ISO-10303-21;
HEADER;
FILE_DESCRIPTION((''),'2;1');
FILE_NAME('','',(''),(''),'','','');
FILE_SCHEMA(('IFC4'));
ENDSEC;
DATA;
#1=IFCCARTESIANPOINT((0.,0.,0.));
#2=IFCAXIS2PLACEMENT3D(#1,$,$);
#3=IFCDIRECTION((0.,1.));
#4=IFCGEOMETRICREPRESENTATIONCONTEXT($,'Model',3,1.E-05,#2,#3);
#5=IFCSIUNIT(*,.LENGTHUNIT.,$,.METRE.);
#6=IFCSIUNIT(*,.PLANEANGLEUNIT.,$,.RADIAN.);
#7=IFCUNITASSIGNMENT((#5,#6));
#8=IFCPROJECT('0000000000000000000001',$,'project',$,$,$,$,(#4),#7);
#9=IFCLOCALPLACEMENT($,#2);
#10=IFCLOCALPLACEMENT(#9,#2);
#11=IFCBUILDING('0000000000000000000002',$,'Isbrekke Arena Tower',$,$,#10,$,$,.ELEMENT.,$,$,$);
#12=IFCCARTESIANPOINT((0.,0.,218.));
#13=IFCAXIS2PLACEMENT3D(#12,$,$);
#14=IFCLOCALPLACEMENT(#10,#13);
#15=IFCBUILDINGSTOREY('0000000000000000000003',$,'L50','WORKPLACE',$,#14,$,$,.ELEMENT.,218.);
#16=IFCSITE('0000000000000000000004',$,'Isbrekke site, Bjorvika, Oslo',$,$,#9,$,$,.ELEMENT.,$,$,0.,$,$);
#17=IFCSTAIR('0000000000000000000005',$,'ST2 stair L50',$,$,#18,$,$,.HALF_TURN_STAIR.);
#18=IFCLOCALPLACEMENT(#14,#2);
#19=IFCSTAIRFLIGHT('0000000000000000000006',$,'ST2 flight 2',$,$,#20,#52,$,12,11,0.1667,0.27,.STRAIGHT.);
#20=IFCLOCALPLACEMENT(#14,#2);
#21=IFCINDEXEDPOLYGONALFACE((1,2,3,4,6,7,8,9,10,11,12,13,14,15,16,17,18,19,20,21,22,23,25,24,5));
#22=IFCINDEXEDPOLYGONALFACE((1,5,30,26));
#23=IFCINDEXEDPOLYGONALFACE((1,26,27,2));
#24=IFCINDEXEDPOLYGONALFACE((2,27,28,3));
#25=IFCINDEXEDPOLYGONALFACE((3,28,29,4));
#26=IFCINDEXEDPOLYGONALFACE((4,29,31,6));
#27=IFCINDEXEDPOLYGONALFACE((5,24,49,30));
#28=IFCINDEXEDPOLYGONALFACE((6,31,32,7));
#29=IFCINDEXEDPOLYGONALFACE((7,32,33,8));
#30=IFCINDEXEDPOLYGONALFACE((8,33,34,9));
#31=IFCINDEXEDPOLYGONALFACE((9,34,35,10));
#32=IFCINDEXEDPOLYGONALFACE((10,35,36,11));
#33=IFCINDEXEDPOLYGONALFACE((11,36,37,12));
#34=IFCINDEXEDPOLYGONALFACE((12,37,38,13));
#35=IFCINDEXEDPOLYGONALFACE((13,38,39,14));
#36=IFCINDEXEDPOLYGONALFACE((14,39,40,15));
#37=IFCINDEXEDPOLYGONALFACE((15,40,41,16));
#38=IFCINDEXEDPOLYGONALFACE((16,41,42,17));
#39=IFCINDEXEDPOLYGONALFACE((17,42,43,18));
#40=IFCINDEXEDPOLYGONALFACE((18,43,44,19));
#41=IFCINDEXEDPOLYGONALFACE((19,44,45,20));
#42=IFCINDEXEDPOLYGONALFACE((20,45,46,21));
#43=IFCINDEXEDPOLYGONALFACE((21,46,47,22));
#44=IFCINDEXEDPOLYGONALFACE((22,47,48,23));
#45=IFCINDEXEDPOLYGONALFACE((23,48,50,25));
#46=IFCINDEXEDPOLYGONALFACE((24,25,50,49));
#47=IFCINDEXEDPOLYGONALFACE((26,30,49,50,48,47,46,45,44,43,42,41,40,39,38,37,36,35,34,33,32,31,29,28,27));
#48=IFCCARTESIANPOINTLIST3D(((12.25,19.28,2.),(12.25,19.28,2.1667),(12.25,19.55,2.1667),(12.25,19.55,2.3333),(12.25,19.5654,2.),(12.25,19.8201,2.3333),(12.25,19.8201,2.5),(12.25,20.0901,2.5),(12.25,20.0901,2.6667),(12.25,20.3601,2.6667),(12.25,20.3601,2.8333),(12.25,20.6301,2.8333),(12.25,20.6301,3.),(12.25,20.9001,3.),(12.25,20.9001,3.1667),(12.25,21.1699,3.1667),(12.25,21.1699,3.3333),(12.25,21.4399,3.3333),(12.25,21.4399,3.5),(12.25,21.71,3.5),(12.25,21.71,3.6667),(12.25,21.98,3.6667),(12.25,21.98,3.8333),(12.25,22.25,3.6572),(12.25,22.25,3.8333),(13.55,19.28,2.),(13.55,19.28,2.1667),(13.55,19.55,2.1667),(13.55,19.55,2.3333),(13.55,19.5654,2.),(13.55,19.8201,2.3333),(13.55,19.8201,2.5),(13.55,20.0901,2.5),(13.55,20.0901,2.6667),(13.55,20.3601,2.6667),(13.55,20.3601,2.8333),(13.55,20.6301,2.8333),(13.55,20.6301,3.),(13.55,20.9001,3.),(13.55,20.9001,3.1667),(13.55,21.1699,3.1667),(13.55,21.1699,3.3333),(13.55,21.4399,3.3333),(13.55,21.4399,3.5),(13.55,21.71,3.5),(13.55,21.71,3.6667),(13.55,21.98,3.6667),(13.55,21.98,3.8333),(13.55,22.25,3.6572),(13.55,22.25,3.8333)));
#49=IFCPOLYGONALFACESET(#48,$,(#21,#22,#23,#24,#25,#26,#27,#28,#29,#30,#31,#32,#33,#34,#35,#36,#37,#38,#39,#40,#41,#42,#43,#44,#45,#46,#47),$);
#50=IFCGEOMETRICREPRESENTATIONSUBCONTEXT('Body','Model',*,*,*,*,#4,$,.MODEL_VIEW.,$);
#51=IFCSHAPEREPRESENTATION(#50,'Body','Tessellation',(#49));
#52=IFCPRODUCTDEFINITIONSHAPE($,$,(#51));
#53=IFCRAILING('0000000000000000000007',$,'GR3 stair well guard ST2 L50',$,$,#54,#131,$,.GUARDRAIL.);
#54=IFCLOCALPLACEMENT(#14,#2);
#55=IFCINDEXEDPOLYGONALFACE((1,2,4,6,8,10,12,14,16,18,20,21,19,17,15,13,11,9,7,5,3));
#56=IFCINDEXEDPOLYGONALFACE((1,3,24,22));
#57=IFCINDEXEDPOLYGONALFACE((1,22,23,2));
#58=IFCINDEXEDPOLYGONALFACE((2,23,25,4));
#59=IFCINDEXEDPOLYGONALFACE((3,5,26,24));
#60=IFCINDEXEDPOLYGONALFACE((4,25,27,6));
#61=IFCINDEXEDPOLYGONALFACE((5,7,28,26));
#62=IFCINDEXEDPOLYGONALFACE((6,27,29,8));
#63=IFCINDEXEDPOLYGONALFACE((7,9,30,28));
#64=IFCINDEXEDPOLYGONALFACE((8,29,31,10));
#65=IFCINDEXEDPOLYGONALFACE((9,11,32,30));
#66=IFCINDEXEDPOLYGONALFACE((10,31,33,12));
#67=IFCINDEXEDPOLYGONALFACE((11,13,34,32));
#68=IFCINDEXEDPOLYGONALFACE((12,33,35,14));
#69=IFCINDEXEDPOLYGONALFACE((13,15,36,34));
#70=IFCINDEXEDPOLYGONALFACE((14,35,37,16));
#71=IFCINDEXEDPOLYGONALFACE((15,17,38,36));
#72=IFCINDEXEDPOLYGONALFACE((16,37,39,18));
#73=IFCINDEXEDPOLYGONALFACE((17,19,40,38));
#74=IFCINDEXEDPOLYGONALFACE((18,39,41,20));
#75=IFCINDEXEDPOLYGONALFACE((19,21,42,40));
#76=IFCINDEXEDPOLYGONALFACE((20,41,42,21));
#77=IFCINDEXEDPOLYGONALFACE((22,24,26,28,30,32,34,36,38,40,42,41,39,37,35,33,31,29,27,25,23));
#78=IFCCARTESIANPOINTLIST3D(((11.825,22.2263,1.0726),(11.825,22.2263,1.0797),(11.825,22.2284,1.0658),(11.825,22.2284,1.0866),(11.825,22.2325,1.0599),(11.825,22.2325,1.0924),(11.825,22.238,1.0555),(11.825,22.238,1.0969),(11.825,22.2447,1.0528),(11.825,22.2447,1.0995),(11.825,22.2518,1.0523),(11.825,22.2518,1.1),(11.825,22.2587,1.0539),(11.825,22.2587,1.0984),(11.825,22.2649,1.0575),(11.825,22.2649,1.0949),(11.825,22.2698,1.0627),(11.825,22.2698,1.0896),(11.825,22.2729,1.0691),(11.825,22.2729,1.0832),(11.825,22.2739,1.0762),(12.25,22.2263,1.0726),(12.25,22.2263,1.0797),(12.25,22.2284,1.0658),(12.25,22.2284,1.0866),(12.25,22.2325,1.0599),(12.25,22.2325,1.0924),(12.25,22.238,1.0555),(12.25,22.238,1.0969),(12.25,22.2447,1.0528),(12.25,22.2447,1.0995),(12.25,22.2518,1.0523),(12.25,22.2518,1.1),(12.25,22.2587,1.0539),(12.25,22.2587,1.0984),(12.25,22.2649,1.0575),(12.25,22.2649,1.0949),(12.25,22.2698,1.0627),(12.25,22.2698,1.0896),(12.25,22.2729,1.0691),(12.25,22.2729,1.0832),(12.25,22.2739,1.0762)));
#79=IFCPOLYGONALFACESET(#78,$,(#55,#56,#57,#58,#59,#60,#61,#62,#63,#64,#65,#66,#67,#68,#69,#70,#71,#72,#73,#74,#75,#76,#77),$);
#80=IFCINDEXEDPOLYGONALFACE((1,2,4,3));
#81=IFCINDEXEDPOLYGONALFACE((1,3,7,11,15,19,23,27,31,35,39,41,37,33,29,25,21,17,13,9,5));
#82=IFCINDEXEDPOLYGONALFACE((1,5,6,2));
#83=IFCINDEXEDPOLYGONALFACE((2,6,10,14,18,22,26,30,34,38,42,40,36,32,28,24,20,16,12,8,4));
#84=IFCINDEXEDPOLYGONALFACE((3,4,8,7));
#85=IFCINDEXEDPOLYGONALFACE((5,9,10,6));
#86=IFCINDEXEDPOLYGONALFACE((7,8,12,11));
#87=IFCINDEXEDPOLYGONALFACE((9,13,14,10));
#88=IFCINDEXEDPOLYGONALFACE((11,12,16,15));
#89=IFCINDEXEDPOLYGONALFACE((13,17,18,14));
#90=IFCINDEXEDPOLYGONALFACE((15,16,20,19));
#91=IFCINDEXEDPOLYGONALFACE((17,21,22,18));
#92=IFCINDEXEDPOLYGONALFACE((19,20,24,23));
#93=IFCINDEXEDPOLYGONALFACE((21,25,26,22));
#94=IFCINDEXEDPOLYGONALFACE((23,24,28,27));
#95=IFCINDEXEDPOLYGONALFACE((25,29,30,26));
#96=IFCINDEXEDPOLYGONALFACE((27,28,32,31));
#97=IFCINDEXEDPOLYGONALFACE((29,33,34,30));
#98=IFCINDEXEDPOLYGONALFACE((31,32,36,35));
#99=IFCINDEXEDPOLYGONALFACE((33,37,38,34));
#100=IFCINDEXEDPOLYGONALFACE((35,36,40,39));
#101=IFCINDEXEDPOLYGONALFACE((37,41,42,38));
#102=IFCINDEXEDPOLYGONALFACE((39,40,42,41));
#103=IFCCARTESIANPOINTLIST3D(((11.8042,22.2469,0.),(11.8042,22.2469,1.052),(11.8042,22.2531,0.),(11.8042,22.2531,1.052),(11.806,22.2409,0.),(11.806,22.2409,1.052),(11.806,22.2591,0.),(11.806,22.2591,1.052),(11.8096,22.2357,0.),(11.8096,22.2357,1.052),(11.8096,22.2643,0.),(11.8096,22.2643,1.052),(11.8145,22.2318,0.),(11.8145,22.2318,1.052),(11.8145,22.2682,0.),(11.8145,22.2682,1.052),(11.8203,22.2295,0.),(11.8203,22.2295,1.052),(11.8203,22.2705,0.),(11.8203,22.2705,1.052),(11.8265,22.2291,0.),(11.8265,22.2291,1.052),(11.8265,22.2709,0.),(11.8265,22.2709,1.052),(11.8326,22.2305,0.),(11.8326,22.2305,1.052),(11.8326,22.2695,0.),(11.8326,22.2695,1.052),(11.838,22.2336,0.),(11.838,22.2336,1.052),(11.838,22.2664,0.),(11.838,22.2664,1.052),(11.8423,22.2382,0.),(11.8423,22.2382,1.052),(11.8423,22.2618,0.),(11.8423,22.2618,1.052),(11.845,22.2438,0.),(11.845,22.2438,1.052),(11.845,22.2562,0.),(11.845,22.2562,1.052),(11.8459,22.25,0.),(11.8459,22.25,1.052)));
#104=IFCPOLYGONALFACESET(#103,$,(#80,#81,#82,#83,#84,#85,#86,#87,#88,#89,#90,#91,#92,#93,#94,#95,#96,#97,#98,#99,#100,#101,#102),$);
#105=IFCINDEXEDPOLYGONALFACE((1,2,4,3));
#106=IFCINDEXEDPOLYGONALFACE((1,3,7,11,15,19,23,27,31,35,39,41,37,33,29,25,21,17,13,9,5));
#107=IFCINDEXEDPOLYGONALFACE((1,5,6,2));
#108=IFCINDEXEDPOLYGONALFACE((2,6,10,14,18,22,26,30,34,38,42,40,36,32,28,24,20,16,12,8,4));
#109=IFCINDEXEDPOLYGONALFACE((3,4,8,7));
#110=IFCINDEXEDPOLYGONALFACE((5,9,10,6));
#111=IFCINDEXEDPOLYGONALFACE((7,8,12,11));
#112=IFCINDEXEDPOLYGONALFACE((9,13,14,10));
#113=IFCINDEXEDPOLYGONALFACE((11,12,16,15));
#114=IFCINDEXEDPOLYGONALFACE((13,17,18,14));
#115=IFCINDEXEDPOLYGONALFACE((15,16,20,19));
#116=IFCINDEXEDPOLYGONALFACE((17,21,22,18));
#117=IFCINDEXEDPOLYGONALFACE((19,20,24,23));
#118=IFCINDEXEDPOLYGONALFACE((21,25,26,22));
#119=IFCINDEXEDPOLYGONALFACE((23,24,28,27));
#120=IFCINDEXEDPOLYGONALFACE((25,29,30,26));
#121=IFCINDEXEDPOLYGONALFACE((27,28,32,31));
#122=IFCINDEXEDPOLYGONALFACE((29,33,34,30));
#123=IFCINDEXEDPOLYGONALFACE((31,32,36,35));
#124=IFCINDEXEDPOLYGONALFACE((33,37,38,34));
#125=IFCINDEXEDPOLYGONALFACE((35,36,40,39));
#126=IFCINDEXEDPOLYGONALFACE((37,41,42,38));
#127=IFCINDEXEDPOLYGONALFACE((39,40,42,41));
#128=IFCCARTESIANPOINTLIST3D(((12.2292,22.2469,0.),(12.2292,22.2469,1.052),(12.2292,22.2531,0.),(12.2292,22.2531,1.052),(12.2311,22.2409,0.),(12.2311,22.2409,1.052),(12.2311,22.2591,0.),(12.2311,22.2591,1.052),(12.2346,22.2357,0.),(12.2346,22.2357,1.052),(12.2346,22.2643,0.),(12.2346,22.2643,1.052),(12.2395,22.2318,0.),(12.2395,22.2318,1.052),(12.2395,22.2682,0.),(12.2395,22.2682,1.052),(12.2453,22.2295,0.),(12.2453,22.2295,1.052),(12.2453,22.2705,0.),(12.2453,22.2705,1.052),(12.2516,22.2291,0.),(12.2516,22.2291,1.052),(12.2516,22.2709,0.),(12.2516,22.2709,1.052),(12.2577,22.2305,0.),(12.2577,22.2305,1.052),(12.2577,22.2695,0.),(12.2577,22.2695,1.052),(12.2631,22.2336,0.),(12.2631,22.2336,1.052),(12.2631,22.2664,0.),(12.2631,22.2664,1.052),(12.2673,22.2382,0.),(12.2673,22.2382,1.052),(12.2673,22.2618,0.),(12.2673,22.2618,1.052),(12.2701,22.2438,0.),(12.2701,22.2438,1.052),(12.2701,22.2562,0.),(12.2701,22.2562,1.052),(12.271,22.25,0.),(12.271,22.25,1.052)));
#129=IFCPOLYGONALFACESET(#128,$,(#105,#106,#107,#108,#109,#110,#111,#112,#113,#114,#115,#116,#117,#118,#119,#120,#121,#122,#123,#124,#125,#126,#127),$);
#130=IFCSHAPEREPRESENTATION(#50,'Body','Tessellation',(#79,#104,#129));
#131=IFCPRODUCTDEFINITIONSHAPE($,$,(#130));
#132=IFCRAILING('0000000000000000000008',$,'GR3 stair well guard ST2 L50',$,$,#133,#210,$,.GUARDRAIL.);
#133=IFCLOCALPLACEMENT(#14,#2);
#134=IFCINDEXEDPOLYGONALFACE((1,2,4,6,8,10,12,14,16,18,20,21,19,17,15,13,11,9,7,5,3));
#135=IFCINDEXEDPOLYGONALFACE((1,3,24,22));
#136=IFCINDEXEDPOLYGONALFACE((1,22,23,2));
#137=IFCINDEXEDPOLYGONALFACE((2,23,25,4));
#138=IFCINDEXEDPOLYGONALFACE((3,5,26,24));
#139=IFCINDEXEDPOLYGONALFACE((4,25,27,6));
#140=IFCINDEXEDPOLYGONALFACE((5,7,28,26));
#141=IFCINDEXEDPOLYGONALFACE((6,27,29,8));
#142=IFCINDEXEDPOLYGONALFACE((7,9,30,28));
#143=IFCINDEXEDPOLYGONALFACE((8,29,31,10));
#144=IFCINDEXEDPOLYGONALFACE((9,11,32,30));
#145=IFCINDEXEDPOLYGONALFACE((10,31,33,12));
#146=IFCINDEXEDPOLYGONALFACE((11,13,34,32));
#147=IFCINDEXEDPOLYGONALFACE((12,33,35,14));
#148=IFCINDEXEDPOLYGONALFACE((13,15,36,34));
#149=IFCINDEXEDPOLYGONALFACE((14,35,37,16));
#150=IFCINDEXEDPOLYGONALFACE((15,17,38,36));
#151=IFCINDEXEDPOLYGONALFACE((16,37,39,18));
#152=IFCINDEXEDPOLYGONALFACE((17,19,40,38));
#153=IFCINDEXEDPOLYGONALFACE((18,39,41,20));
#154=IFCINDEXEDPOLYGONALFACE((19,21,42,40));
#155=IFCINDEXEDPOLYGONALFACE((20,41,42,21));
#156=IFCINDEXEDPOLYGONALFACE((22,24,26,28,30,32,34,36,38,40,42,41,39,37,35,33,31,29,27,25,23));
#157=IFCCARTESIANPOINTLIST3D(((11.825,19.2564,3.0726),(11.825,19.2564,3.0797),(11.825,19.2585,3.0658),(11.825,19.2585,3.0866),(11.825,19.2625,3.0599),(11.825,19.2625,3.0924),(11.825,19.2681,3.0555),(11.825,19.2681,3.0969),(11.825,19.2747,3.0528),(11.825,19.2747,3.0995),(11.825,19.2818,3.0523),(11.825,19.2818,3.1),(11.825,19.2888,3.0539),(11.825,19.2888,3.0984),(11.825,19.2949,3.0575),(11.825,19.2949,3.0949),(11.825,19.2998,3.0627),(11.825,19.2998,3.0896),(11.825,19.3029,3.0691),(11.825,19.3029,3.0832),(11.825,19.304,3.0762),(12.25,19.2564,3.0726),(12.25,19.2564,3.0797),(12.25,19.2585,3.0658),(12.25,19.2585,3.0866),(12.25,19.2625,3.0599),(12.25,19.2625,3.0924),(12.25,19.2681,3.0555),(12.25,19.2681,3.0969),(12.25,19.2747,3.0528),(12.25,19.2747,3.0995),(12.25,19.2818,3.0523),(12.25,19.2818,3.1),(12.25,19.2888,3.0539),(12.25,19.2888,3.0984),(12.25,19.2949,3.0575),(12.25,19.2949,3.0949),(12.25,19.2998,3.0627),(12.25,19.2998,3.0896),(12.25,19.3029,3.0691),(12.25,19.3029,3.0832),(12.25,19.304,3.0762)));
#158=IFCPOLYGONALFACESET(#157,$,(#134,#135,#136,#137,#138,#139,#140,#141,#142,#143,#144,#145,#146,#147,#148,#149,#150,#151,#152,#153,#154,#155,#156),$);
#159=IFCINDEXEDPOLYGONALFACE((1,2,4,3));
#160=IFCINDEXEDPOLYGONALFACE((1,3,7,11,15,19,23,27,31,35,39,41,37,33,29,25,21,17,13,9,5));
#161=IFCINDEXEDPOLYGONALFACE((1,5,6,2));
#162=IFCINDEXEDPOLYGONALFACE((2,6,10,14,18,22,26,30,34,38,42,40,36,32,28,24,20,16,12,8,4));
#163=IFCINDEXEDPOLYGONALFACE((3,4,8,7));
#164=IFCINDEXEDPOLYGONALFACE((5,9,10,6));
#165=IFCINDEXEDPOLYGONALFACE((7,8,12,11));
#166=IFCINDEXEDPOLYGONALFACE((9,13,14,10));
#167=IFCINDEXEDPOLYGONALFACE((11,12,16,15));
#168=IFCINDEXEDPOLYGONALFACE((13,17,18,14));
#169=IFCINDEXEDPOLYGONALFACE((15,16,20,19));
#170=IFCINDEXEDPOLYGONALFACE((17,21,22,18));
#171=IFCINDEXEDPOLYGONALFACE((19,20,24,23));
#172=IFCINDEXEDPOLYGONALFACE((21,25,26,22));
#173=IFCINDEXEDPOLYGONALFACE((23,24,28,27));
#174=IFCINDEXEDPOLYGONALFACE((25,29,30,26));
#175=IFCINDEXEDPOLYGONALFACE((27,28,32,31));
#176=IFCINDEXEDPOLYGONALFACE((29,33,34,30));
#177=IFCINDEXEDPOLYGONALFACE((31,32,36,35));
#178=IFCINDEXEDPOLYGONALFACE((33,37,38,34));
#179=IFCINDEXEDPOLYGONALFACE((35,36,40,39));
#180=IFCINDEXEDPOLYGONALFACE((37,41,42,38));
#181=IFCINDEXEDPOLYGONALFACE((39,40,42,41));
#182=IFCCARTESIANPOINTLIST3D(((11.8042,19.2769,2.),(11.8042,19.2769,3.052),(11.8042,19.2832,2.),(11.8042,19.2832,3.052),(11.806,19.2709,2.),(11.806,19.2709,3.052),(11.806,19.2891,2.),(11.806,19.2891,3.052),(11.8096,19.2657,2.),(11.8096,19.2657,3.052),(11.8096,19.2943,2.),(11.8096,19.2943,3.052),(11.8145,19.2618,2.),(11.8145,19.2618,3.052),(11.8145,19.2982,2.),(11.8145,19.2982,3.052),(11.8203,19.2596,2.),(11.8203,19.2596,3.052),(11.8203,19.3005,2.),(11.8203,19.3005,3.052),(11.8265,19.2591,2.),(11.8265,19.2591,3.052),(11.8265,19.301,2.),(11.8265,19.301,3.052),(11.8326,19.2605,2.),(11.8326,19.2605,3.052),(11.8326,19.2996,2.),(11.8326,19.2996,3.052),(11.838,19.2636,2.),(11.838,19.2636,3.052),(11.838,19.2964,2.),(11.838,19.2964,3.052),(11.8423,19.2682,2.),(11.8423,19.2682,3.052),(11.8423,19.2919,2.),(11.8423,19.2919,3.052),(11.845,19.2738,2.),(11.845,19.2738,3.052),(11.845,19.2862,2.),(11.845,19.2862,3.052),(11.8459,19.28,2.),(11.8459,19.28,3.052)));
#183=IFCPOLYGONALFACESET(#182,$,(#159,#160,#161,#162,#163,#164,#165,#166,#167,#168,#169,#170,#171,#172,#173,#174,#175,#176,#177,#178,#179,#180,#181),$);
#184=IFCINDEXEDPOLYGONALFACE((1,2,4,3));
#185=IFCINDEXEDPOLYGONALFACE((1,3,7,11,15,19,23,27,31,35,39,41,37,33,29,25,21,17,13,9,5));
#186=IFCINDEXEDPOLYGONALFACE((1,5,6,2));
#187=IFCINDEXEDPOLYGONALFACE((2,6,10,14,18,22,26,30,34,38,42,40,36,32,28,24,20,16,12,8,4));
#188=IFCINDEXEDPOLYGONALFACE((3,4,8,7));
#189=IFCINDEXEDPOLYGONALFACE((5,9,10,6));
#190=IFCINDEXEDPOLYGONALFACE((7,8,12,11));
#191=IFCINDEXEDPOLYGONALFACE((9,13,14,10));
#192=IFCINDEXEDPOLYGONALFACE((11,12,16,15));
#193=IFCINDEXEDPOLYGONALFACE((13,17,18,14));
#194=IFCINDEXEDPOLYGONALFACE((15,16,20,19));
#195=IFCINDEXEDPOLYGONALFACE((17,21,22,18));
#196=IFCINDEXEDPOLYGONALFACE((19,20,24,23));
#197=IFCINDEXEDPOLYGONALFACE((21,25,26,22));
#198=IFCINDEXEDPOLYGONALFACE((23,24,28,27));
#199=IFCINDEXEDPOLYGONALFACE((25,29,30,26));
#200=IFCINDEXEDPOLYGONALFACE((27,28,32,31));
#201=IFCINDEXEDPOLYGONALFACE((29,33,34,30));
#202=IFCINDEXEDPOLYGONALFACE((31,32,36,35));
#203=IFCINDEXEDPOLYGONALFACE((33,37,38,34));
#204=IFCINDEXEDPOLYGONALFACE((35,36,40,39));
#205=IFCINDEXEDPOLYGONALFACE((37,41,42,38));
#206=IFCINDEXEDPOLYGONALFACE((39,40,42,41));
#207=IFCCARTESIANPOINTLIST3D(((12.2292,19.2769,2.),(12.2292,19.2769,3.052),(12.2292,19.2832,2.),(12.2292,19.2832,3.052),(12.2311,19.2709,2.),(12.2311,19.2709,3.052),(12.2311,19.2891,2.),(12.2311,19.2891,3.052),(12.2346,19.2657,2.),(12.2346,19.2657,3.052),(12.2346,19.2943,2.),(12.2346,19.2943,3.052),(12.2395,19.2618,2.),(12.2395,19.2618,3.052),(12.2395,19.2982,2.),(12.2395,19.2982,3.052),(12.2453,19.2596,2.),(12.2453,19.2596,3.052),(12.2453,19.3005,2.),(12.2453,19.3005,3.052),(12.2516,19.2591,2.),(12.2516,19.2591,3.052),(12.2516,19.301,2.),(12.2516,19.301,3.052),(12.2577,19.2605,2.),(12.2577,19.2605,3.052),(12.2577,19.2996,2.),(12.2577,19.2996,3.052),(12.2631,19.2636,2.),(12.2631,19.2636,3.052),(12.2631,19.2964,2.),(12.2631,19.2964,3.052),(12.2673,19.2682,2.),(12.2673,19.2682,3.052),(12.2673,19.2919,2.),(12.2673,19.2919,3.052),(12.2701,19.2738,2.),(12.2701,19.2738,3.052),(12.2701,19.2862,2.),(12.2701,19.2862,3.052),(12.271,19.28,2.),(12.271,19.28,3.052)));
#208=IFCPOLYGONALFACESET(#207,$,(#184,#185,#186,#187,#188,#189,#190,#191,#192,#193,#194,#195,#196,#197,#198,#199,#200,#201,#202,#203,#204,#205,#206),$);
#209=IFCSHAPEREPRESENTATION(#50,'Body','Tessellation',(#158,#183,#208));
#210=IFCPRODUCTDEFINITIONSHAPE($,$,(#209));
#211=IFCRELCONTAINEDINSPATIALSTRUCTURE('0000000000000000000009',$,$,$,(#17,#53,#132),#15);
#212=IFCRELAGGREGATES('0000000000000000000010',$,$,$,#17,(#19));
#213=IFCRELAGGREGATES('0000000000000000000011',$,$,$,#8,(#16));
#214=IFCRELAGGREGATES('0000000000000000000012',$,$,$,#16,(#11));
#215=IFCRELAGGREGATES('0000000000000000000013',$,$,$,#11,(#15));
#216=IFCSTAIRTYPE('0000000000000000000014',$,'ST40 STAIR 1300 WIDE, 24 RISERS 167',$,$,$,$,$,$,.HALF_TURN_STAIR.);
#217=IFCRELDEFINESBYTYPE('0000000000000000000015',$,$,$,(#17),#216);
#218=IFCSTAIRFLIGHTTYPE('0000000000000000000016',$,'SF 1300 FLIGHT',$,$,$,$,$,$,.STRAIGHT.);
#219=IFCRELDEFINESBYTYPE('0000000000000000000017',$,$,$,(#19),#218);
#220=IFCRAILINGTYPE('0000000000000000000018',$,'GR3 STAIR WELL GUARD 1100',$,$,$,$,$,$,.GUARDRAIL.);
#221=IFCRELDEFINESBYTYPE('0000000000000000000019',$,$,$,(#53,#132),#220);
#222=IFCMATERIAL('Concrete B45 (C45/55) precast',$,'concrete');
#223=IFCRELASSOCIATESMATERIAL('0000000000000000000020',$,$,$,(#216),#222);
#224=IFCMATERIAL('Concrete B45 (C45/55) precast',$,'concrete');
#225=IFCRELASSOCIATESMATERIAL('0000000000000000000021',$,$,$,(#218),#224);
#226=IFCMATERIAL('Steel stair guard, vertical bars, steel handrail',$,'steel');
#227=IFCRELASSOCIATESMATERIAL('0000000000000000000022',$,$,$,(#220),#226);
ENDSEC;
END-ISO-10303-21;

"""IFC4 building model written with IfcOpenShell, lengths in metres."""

from ifc_helpers import new_model, si_unit, direction, frame, origin, origin_2d, place, context, subcontext, project, spatial, polyline, circle, outline, extrude, material, type_object, element, aggregate, save


model = new_model("IFC4")

# Units and contexts
model_context = context("Model", 3, precision=1e-05, world=origin(), true_north=direction((0.0, 1.0)))
body_context = subcontext(model_context, "Body", "Model", "MODEL_VIEW")
ifc_project = project(units=[si_unit("LENGTHUNIT", "METRE"), si_unit("PLANEANGLEUNIT", "RADIAN")], contexts=[model_context])

# Site, building, storey
site_placement = place(None, origin())
site = spatial("IfcSite", under=ifc_project, at=site_placement, Name="Isbrekke site, Bjorvika, Oslo", CompositionType="ELEMENT", RefElevation=0.0)
building_placement = place(site_placement, origin())
building = spatial("IfcBuilding", under=site, at=building_placement, Name="Isbrekke Arena Tower", CompositionType="ELEMENT")
storey_placement = place(building_placement, frame((0.0, 0.0, 218.0)))
storey = spatial("IfcBuildingStorey", under=building, at=storey_placement, Name="L50", Description="WORKPLACE", CompositionType="ELEMENT", Elevation=218.0)

# Stair, stair flight
ifc_material_1 = material(Name="Concrete B45 (C45/55) precast", Category="concrete")
stair_type = type_object("IfcStairType", Name="ST40 STAIR 1300 WIDE, 24 RISERS 167", PredefinedType="HALF_TURN_STAIR", material=ifc_material_1)
stair_placement = place(storey_placement, origin())
stair = element("IfcStair", 1, at=stair_placement, inside=storey, type_object=stair_type, Name="ST2 stair L50", PredefinedType="HALF_TURN_STAIR")
ifc_material_2 = material(Name="Concrete B45 (C45/55) precast", Category="concrete")
stair_flight_type = type_object("IfcStairFlightType", Name="SF 1300 FLIGHT", PredefinedType="STRAIGHT", material=ifc_material_2)
stair_flight_1_placement = place(storey_placement, frame((12.8999, 19.28, 2.0), z_axis=(0.0, 0.0, 1.0), x_axis=(0.0, 1.0, 0.0)))
stair_flight_1 = element("IfcStairFlight", 2, at=stair_flight_1_placement, type_object=stair_flight_type, Name="ST2 flight 2", NumberOfRisers=12, NumberOfTreads=11, PredefinedType="STRAIGHT", RiserHeight=0.1667, TreadLength=0.27, context=body_context, shape_type="SweptSolid", body=[
    extrude(outline(polyline([(0.0, 0.0), (0.0, 0.1667), (0.27, 0.1667), (0.27, 0.3333), (0.54, 0.3333), (0.54, 0.5), (0.8101, 0.5), (0.8101, 0.6667), (1.0801, 0.6667), (1.0801, 0.8333), (1.3501, 0.8333), (1.3501, 1.0), (1.6201, 1.0), (1.6201, 1.1667), (1.8899, 1.1667), (1.8899, 1.3333), (2.1599, 1.3333), (2.1599, 1.5), (2.4299, 1.5), (2.4299, 1.6667), (2.7, 1.6667), (2.7, 1.8333), (2.97, 1.8333), (2.97, 2.0), (2.97, 1.6572), (0.2854, 0.0), (0.0, 0.0)])), frame((0.0, 0.6499, 0.0), z_axis=(0.0, -1.0, 0.0), x_axis=(1.0, 0.0, 0.0)), (0.0, 0.0, 1.0), 1.3),
])
aggregate(stair, [stair_flight_1])

# Railings
ifc_material_3 = material(Name="Steel stair guard, vertical bars, steel handrail", Category="steel")
railing_type = type_object("IfcRailingType", Name="GR3 STAIR WELL GUARD 1100", PredefinedType="GUARDRAIL", material=ifc_material_3)
for number, where, name in (
    (3, (11.825, 22.25, 0.0), "GR3 stair well guard ST2 L50"),
    (4, (11.825, 19.28, 2.0), "GR3 stair well guard ST2 L50"),
):
    element("IfcRailing", number, at=place(storey_placement, frame(where)), inside=storey, type_object=railing_type, Name=name, PredefinedType="GUARDRAIL", context=body_context, shape_type="SweptSolid", body=[
        extrude(circle(Radius=0.0239, at=origin_2d()), frame((0.0, 0.0, 1.0762), z_axis=(1.0, 0.0, 0.0), x_axis=(0.0, 1.0, 0.0)), (0.0, 0.0, 1.0), 0.425),
        extrude(circle(Radius=0.021, at=origin_2d()), origin(), (0.0, 0.0, 1.0), 1.052),
        extrude(circle(Radius=0.021, at=origin_2d()), frame((0.425, 0.0, 0.0)), (0.0, 0.0, 1.0), 1.052),
    ])

save(model, "model.ifc")
